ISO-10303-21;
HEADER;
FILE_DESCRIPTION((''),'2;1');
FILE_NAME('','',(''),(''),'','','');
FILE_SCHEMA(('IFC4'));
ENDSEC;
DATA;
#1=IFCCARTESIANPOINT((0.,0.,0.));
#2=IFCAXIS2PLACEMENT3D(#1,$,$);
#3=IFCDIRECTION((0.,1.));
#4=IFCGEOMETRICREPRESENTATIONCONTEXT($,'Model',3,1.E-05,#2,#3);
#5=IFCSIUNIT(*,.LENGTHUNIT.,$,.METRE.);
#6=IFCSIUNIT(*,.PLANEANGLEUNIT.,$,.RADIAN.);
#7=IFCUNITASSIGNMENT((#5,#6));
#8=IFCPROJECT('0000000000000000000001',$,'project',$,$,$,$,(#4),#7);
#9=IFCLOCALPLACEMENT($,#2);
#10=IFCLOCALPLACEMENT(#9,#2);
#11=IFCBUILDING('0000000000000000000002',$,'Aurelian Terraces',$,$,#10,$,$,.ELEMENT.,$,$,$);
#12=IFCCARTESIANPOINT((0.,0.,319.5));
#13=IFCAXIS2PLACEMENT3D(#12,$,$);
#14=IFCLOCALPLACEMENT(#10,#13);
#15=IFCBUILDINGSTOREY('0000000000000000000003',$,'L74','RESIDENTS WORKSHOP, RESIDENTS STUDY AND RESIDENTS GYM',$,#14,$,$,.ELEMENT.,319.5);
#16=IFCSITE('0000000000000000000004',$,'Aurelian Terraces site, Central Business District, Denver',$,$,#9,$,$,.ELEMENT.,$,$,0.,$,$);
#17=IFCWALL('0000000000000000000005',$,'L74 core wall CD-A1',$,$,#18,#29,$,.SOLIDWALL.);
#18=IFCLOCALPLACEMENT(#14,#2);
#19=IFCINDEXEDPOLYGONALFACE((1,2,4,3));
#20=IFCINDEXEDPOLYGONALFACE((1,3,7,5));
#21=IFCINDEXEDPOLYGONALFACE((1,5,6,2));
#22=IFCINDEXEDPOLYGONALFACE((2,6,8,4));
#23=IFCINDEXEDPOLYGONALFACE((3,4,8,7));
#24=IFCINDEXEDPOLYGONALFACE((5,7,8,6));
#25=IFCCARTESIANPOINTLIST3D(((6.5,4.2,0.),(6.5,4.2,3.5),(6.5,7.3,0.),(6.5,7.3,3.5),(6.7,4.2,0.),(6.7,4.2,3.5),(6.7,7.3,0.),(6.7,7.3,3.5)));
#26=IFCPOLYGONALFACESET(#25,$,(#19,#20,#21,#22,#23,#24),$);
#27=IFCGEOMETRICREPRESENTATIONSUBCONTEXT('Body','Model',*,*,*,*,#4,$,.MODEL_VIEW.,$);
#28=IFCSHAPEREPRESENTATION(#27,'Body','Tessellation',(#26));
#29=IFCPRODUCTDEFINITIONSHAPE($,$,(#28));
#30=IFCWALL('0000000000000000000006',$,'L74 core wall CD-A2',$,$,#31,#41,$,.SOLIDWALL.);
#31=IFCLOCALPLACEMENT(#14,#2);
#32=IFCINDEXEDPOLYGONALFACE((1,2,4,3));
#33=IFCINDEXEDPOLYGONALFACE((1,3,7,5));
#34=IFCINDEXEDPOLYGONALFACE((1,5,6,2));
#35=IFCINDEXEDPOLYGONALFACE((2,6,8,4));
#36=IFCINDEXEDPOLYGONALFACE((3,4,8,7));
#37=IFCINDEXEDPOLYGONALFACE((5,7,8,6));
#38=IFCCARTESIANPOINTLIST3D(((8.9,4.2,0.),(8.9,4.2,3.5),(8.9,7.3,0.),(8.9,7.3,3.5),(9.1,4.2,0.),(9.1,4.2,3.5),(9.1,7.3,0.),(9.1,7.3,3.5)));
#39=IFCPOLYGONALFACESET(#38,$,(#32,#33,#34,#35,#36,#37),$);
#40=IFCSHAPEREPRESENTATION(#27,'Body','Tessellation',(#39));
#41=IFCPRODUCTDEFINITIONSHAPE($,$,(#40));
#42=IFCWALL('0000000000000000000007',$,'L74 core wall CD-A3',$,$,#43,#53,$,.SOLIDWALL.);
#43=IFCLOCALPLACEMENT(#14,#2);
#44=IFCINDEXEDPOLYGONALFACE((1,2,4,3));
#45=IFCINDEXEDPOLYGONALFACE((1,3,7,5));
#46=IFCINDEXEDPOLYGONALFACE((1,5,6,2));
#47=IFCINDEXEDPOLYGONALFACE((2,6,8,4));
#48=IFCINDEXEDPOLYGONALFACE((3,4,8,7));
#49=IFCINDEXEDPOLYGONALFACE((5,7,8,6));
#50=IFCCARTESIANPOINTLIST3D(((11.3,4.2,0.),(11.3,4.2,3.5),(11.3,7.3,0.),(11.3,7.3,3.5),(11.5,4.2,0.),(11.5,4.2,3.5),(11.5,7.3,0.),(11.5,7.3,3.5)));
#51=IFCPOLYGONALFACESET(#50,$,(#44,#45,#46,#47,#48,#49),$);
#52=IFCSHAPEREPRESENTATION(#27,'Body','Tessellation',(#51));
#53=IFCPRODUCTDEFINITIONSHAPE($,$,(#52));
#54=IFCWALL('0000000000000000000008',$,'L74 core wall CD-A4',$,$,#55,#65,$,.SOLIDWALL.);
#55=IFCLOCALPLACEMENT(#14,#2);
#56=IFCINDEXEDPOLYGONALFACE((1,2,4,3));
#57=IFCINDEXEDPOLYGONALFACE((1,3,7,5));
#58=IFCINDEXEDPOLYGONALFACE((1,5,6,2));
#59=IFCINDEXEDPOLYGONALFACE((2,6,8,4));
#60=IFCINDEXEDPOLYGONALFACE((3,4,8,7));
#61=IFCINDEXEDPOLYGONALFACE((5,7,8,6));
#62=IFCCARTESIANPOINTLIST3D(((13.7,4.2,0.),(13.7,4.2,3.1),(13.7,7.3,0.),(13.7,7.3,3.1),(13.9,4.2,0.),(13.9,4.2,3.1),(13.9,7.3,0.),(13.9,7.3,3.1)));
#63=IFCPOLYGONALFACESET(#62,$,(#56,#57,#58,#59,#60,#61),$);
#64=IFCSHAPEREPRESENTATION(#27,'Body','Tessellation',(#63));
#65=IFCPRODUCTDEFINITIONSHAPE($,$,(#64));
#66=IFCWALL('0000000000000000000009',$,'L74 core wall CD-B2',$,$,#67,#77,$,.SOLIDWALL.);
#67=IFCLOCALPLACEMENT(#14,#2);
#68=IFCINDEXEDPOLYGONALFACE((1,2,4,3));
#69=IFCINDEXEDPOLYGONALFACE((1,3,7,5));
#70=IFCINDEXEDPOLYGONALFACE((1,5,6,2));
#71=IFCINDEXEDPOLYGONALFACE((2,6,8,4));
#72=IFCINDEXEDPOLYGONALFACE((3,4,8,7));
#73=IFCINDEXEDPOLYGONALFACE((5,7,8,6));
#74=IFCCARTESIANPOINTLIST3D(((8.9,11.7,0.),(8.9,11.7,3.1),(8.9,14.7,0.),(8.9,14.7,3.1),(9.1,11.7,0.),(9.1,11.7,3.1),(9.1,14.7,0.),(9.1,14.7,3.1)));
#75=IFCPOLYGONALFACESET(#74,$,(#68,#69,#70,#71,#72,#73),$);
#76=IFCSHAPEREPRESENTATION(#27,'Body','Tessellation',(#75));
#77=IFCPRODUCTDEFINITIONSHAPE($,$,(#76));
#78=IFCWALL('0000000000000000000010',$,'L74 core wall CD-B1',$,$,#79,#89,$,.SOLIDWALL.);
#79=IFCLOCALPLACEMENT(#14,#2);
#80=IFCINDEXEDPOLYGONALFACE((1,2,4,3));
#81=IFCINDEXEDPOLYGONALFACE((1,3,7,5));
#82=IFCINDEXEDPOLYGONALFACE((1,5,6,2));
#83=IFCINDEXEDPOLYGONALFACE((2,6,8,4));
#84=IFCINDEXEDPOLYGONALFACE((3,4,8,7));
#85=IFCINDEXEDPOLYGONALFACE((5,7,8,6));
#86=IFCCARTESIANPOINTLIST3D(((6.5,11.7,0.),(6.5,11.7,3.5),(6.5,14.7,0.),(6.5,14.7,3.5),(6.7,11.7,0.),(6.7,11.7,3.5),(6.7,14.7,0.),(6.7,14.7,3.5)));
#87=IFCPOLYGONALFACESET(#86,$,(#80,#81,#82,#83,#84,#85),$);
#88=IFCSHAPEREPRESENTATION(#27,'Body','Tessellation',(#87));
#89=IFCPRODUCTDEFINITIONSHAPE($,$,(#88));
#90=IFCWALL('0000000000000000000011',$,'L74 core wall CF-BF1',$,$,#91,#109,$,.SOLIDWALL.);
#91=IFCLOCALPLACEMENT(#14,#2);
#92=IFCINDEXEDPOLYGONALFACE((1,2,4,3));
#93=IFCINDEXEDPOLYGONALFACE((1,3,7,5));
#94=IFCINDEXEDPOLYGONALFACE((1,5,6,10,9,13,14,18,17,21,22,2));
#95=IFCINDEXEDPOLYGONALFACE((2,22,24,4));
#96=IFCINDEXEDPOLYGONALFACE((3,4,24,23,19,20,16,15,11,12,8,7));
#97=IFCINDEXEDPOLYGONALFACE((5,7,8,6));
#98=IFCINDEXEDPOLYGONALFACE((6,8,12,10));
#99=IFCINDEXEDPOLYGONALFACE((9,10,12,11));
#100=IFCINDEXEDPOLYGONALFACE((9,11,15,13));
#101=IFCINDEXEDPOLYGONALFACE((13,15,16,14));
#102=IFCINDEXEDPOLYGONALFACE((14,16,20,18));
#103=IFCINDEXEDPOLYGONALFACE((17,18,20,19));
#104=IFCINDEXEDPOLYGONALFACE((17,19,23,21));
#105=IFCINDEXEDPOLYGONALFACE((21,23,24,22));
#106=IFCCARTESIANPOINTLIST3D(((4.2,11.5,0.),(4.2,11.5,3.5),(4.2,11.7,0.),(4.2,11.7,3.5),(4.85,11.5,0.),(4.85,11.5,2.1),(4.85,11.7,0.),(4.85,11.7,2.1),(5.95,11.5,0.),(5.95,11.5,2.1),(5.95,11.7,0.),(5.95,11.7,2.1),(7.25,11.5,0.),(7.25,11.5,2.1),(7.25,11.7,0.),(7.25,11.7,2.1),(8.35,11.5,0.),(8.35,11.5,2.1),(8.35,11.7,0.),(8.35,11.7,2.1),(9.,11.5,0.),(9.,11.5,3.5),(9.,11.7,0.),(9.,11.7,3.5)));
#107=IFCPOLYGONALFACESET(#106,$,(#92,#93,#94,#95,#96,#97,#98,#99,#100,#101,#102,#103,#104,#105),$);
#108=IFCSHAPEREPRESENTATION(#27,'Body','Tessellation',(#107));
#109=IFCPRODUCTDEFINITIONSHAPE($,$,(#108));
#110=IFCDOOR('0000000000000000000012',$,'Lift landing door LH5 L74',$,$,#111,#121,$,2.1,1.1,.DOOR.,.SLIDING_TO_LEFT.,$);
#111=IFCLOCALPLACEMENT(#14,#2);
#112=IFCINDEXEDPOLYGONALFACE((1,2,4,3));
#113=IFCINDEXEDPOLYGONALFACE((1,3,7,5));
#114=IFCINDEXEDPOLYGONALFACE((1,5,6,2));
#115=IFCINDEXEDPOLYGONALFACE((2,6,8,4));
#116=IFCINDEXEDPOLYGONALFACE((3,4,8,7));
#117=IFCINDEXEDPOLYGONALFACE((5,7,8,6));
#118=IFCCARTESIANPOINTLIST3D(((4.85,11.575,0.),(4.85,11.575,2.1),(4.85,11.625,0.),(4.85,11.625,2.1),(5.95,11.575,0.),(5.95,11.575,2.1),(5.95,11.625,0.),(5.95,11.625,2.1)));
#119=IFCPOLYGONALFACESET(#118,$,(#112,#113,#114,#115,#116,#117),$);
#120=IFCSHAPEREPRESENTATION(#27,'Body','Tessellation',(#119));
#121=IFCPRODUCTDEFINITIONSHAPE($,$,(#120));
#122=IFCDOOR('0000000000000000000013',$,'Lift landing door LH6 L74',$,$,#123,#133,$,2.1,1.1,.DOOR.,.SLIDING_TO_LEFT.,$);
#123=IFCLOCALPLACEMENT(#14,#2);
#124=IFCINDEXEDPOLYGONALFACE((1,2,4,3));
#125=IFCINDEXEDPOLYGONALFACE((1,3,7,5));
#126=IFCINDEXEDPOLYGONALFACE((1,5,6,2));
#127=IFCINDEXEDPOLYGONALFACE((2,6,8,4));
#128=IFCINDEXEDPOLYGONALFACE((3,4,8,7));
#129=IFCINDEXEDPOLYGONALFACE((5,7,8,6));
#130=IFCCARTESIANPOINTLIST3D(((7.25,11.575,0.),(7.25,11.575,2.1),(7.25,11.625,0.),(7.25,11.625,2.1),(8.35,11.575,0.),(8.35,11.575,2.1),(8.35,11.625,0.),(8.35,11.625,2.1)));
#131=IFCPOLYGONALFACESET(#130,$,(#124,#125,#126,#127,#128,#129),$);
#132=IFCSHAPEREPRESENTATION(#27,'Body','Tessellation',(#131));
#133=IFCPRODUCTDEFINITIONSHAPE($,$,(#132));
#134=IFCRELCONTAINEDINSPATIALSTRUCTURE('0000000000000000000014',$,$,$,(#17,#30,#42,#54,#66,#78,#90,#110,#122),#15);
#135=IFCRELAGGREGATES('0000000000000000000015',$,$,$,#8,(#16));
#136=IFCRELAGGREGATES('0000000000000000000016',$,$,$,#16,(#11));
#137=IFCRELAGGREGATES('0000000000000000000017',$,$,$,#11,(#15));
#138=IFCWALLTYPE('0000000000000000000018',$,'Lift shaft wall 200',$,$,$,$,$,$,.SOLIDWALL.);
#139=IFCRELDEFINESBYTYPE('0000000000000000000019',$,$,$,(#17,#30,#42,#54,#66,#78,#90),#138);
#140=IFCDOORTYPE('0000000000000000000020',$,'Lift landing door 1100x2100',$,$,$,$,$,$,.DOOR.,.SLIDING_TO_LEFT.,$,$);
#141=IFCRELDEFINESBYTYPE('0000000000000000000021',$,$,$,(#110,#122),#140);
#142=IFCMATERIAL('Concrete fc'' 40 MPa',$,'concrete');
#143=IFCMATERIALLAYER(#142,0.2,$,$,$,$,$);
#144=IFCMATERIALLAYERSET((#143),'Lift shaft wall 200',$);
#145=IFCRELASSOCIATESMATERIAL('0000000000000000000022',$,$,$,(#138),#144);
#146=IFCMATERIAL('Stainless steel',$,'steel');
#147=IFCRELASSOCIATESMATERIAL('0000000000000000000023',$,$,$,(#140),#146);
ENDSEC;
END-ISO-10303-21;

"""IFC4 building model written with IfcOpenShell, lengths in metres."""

from ifc_helpers import new_model, si_unit, direction, frame, frame_2d, origin, place, context, subcontext, project, spatial, rectangle, extrude, source, transform, mapped, material, layer, layer_set, type_object, element, fill, save


model = new_model("IFC4")

# Units and contexts
model_context = context("Model", 3, precision=1e-05, world=origin(), true_north=direction((0.0, 1.0)))
body_context = subcontext(model_context, "Body", "Model", "MODEL_VIEW")
ifc_project = project(units=[si_unit("LENGTHUNIT", "METRE"), si_unit("PLANEANGLEUNIT", "RADIAN")], contexts=[model_context])

# Site, building, storey
site_placement = place(None, origin())
site = spatial("IfcSite", under=ifc_project, at=site_placement, Name="Aurelian Terraces site, Central Business District, Denver", CompositionType="ELEMENT", RefElevation=0.0)
building_placement = place(site_placement, origin())
building = spatial("IfcBuilding", under=site, at=building_placement, Name="Aurelian Terraces", CompositionType="ELEMENT")
storey_placement = place(building_placement, frame((0.0, 0.0, 319.5)))
storey = spatial("IfcBuildingStorey", under=building, at=storey_placement, Name="L74", Description="RESIDENTS WORKSHOP, RESIDENTS STUDY AND RESIDENTS GYM", CompositionType="ELEMENT", Elevation=319.5)

# Walls
ifc_material_1 = material(Name="Concrete fc' 40 MPa", Category="concrete")
ifc_layer_1 = layer(ifc_material_1, 0.2)
ifc_layer_set_1 = layer_set([ifc_layer_1], Name="Lift shaft wall 200")
wall_type_1 = type_object("IfcWallType", Name="Lift shaft wall 200", PredefinedType="SOLIDWALL", material=ifc_layer_set_1)
shared_shape_1 = source(origin(), body_context, "Body", "SweptSolid", [
    extrude(rectangle(XDim=3.1, YDim=0.2, at=frame_2d((1.55, 0.0))), origin(), (0.0, 0.0, 1.0), 3.5),
])
for number, where, z_axis, x_axis, name in (
    (1, (6.6, 4.2, 0.0), (0.0, 0.0, 1.0), (0.0, 1.0, 0.0), "L74 core wall CD-A1"),
    (2, (9.0, 4.2, 0.0), (0.0, 0.0, 1.0), (0.0, 1.0, 0.0), "L74 core wall CD-A2"),
    (3, (11.4, 4.2, 0.0), (0.0, 0.0, 1.0), (0.0, 1.0, 0.0), "L74 core wall CD-A3"),
):
    element("IfcWall", number, at=place(storey_placement, frame(where, z_axis=z_axis, x_axis=x_axis)), inside=storey, type_object=wall_type_1, Name=name, PredefinedType="SOLIDWALL", context=body_context, shape_type="MappedRepresentation", body=[
        mapped(shared_shape_1, transform((0.0, 0.0, 0.0), scale=1.0)),
    ])
shared_shape_2 = source(origin(), body_context, "Body", "SweptSolid", [
    extrude(rectangle(XDim=3.1, YDim=0.2, at=frame_2d((1.55, 0.0))), origin(), (0.0, 0.0, 1.0), 3.1),
])
wall_1_placement = place(storey_placement, frame((13.8, 4.2, 0.0), z_axis=(0.0, 0.0, 1.0), x_axis=(0.0, 1.0, 0.0)))
element("IfcWall", 4, at=wall_1_placement, inside=storey, type_object=wall_type_1, Name="L74 core wall CD-A4", PredefinedType="SOLIDWALL", context=body_context, shape_type="MappedRepresentation", body=[
    mapped(shared_shape_2, transform((0.0, 0.0, 0.0), scale=1.0)),
])
shared_shape_3 = source(origin(), body_context, "Body", "SweptSolid", [
    extrude(rectangle(XDim=3.0, YDim=0.2, at=frame_2d((1.5, 0.0))), origin(), (0.0, 0.0, 1.0), 3.1),
])
wall_2_placement = place(storey_placement, frame((9.0, 11.7, 0.0), z_axis=(0.0, 0.0, 1.0), x_axis=(0.0, 1.0, 0.0)))
element("IfcWall", 5, at=wall_2_placement, inside=storey, type_object=wall_type_1, Name="L74 core wall CD-B2", PredefinedType="SOLIDWALL", context=body_context, shape_type="MappedRepresentation", body=[
    mapped(shared_shape_3, transform((0.0, 0.0, 0.0), scale=1.0)),
])
shared_shape_4 = source(origin(), body_context, "Body", "SweptSolid", [
    extrude(rectangle(XDim=3.0, YDim=0.2, at=frame_2d((1.5, 0.0))), origin(), (0.0, 0.0, 1.0), 3.5),
])
wall_3_placement = place(storey_placement, frame((6.6, 11.7, 0.0), z_axis=(0.0, 0.0, 1.0), x_axis=(0.0, 1.0, 0.0)))
element("IfcWall", 6, at=wall_3_placement, inside=storey, type_object=wall_type_1, Name="L74 core wall CD-B1", PredefinedType="SOLIDWALL", context=body_context, shape_type="MappedRepresentation", body=[
    mapped(shared_shape_4, transform((0.0, 0.0, 0.0), scale=1.0)),
])

# Wall, openings, doors
shared_shape_5 = source(origin(), body_context, "Body", "SweptSolid", [
    extrude(rectangle(XDim=4.8, YDim=0.2, at=frame_2d((2.4, 0.0))), origin(), (0.0, 0.0, 1.0), 3.5),
])
wall_4_placement = place(storey_placement, frame((4.2, 11.6, 0.0), z_axis=(0.0, 0.0, 1.0), x_axis=(1.0, 0.0, 0.0)))
wall_4 = element("IfcWall", 7, at=wall_4_placement, inside=storey, type_object=wall_type_1, Name="L74 core wall CF-BF1", PredefinedType="SOLIDWALL", context=body_context, shape_type="MappedRepresentation", body=[
    mapped(shared_shape_5, transform((0.0, 0.0, 0.0), scale=1.0)),
])
shared_shape_6 = source(origin(), body_context, "Body", "SweptSolid", [
    extrude(rectangle(XDim=1.1, YDim=2.1, at=frame_2d((0.55, 1.05))), frame((0.0, 0.11, 0.0), z_axis=(0.0, -1.0, 0.0), x_axis=(1.0, 0.0, 0.0)), (0.0, 0.0, 1.0), 0.22),
])
opening_1_placement = place(wall_4_placement, frame((0.65, 0.0, 0.0)))
opening_1 = element("IfcOpeningElement", 8, at=opening_1_placement, cuts=wall_4, PredefinedType="OPENING", context=body_context, shape_type="MappedRepresentation", body=[
    mapped(shared_shape_6, transform((0.0, 0.0, 0.0), scale=1.0)),
])
opening_2_placement = place(wall_4_placement, frame((3.05, 0.0, 0.0)))
opening_2 = element("IfcOpeningElement", 9, at=opening_2_placement, cuts=wall_4, PredefinedType="OPENING", context=body_context, shape_type="MappedRepresentation", body=[
    mapped(shared_shape_6, transform((0.0, 0.0, 0.0), scale=1.0)),
])
ifc_material_2 = material(Name="Stainless steel", Category="steel")
door_type_1 = type_object("IfcDoorType", Name="Lift landing door 1100x2100", OperationType="SLIDING_TO_LEFT", PredefinedType="DOOR", material=ifc_material_2)
shared_shape_7 = source(origin(), body_context, "Body", "SweptSolid", [
    extrude(rectangle(XDim=1.1, YDim=2.1, at=frame_2d((0.55, 1.05))), frame((0.0, 0.025, 0.0), z_axis=(0.0, -1.0, 0.0), x_axis=(1.0, 0.0, 0.0)), (0.0, 0.0, 1.0), 0.05),
])
door_1_placement = place(opening_1_placement, origin())
door_1 = element("IfcDoor", 10, at=door_1_placement, inside=storey, type_object=door_type_1, Name="Lift landing door LH5 L74", OperationType="SLIDING_TO_LEFT", OverallHeight=2.1, OverallWidth=1.1, PredefinedType="DOOR", context=body_context, shape_type="MappedRepresentation", body=[
    mapped(shared_shape_7, transform((0.0, 0.0, 0.0), scale=1.0)),
])
fill(opening_1, door_1)
door_2_placement = place(opening_2_placement, origin())
door_2 = element("IfcDoor", 11, at=door_2_placement, inside=storey, type_object=door_type_1, Name="Lift landing door LH6 L74", OperationType="SLIDING_TO_LEFT", OverallHeight=2.1, OverallWidth=1.1, PredefinedType="DOOR", context=body_context, shape_type="MappedRepresentation", body=[
    mapped(shared_shape_7, transform((0.0, 0.0, 0.0), scale=1.0)),
])
fill(opening_2, door_2)

save(model, "model.ifc")
